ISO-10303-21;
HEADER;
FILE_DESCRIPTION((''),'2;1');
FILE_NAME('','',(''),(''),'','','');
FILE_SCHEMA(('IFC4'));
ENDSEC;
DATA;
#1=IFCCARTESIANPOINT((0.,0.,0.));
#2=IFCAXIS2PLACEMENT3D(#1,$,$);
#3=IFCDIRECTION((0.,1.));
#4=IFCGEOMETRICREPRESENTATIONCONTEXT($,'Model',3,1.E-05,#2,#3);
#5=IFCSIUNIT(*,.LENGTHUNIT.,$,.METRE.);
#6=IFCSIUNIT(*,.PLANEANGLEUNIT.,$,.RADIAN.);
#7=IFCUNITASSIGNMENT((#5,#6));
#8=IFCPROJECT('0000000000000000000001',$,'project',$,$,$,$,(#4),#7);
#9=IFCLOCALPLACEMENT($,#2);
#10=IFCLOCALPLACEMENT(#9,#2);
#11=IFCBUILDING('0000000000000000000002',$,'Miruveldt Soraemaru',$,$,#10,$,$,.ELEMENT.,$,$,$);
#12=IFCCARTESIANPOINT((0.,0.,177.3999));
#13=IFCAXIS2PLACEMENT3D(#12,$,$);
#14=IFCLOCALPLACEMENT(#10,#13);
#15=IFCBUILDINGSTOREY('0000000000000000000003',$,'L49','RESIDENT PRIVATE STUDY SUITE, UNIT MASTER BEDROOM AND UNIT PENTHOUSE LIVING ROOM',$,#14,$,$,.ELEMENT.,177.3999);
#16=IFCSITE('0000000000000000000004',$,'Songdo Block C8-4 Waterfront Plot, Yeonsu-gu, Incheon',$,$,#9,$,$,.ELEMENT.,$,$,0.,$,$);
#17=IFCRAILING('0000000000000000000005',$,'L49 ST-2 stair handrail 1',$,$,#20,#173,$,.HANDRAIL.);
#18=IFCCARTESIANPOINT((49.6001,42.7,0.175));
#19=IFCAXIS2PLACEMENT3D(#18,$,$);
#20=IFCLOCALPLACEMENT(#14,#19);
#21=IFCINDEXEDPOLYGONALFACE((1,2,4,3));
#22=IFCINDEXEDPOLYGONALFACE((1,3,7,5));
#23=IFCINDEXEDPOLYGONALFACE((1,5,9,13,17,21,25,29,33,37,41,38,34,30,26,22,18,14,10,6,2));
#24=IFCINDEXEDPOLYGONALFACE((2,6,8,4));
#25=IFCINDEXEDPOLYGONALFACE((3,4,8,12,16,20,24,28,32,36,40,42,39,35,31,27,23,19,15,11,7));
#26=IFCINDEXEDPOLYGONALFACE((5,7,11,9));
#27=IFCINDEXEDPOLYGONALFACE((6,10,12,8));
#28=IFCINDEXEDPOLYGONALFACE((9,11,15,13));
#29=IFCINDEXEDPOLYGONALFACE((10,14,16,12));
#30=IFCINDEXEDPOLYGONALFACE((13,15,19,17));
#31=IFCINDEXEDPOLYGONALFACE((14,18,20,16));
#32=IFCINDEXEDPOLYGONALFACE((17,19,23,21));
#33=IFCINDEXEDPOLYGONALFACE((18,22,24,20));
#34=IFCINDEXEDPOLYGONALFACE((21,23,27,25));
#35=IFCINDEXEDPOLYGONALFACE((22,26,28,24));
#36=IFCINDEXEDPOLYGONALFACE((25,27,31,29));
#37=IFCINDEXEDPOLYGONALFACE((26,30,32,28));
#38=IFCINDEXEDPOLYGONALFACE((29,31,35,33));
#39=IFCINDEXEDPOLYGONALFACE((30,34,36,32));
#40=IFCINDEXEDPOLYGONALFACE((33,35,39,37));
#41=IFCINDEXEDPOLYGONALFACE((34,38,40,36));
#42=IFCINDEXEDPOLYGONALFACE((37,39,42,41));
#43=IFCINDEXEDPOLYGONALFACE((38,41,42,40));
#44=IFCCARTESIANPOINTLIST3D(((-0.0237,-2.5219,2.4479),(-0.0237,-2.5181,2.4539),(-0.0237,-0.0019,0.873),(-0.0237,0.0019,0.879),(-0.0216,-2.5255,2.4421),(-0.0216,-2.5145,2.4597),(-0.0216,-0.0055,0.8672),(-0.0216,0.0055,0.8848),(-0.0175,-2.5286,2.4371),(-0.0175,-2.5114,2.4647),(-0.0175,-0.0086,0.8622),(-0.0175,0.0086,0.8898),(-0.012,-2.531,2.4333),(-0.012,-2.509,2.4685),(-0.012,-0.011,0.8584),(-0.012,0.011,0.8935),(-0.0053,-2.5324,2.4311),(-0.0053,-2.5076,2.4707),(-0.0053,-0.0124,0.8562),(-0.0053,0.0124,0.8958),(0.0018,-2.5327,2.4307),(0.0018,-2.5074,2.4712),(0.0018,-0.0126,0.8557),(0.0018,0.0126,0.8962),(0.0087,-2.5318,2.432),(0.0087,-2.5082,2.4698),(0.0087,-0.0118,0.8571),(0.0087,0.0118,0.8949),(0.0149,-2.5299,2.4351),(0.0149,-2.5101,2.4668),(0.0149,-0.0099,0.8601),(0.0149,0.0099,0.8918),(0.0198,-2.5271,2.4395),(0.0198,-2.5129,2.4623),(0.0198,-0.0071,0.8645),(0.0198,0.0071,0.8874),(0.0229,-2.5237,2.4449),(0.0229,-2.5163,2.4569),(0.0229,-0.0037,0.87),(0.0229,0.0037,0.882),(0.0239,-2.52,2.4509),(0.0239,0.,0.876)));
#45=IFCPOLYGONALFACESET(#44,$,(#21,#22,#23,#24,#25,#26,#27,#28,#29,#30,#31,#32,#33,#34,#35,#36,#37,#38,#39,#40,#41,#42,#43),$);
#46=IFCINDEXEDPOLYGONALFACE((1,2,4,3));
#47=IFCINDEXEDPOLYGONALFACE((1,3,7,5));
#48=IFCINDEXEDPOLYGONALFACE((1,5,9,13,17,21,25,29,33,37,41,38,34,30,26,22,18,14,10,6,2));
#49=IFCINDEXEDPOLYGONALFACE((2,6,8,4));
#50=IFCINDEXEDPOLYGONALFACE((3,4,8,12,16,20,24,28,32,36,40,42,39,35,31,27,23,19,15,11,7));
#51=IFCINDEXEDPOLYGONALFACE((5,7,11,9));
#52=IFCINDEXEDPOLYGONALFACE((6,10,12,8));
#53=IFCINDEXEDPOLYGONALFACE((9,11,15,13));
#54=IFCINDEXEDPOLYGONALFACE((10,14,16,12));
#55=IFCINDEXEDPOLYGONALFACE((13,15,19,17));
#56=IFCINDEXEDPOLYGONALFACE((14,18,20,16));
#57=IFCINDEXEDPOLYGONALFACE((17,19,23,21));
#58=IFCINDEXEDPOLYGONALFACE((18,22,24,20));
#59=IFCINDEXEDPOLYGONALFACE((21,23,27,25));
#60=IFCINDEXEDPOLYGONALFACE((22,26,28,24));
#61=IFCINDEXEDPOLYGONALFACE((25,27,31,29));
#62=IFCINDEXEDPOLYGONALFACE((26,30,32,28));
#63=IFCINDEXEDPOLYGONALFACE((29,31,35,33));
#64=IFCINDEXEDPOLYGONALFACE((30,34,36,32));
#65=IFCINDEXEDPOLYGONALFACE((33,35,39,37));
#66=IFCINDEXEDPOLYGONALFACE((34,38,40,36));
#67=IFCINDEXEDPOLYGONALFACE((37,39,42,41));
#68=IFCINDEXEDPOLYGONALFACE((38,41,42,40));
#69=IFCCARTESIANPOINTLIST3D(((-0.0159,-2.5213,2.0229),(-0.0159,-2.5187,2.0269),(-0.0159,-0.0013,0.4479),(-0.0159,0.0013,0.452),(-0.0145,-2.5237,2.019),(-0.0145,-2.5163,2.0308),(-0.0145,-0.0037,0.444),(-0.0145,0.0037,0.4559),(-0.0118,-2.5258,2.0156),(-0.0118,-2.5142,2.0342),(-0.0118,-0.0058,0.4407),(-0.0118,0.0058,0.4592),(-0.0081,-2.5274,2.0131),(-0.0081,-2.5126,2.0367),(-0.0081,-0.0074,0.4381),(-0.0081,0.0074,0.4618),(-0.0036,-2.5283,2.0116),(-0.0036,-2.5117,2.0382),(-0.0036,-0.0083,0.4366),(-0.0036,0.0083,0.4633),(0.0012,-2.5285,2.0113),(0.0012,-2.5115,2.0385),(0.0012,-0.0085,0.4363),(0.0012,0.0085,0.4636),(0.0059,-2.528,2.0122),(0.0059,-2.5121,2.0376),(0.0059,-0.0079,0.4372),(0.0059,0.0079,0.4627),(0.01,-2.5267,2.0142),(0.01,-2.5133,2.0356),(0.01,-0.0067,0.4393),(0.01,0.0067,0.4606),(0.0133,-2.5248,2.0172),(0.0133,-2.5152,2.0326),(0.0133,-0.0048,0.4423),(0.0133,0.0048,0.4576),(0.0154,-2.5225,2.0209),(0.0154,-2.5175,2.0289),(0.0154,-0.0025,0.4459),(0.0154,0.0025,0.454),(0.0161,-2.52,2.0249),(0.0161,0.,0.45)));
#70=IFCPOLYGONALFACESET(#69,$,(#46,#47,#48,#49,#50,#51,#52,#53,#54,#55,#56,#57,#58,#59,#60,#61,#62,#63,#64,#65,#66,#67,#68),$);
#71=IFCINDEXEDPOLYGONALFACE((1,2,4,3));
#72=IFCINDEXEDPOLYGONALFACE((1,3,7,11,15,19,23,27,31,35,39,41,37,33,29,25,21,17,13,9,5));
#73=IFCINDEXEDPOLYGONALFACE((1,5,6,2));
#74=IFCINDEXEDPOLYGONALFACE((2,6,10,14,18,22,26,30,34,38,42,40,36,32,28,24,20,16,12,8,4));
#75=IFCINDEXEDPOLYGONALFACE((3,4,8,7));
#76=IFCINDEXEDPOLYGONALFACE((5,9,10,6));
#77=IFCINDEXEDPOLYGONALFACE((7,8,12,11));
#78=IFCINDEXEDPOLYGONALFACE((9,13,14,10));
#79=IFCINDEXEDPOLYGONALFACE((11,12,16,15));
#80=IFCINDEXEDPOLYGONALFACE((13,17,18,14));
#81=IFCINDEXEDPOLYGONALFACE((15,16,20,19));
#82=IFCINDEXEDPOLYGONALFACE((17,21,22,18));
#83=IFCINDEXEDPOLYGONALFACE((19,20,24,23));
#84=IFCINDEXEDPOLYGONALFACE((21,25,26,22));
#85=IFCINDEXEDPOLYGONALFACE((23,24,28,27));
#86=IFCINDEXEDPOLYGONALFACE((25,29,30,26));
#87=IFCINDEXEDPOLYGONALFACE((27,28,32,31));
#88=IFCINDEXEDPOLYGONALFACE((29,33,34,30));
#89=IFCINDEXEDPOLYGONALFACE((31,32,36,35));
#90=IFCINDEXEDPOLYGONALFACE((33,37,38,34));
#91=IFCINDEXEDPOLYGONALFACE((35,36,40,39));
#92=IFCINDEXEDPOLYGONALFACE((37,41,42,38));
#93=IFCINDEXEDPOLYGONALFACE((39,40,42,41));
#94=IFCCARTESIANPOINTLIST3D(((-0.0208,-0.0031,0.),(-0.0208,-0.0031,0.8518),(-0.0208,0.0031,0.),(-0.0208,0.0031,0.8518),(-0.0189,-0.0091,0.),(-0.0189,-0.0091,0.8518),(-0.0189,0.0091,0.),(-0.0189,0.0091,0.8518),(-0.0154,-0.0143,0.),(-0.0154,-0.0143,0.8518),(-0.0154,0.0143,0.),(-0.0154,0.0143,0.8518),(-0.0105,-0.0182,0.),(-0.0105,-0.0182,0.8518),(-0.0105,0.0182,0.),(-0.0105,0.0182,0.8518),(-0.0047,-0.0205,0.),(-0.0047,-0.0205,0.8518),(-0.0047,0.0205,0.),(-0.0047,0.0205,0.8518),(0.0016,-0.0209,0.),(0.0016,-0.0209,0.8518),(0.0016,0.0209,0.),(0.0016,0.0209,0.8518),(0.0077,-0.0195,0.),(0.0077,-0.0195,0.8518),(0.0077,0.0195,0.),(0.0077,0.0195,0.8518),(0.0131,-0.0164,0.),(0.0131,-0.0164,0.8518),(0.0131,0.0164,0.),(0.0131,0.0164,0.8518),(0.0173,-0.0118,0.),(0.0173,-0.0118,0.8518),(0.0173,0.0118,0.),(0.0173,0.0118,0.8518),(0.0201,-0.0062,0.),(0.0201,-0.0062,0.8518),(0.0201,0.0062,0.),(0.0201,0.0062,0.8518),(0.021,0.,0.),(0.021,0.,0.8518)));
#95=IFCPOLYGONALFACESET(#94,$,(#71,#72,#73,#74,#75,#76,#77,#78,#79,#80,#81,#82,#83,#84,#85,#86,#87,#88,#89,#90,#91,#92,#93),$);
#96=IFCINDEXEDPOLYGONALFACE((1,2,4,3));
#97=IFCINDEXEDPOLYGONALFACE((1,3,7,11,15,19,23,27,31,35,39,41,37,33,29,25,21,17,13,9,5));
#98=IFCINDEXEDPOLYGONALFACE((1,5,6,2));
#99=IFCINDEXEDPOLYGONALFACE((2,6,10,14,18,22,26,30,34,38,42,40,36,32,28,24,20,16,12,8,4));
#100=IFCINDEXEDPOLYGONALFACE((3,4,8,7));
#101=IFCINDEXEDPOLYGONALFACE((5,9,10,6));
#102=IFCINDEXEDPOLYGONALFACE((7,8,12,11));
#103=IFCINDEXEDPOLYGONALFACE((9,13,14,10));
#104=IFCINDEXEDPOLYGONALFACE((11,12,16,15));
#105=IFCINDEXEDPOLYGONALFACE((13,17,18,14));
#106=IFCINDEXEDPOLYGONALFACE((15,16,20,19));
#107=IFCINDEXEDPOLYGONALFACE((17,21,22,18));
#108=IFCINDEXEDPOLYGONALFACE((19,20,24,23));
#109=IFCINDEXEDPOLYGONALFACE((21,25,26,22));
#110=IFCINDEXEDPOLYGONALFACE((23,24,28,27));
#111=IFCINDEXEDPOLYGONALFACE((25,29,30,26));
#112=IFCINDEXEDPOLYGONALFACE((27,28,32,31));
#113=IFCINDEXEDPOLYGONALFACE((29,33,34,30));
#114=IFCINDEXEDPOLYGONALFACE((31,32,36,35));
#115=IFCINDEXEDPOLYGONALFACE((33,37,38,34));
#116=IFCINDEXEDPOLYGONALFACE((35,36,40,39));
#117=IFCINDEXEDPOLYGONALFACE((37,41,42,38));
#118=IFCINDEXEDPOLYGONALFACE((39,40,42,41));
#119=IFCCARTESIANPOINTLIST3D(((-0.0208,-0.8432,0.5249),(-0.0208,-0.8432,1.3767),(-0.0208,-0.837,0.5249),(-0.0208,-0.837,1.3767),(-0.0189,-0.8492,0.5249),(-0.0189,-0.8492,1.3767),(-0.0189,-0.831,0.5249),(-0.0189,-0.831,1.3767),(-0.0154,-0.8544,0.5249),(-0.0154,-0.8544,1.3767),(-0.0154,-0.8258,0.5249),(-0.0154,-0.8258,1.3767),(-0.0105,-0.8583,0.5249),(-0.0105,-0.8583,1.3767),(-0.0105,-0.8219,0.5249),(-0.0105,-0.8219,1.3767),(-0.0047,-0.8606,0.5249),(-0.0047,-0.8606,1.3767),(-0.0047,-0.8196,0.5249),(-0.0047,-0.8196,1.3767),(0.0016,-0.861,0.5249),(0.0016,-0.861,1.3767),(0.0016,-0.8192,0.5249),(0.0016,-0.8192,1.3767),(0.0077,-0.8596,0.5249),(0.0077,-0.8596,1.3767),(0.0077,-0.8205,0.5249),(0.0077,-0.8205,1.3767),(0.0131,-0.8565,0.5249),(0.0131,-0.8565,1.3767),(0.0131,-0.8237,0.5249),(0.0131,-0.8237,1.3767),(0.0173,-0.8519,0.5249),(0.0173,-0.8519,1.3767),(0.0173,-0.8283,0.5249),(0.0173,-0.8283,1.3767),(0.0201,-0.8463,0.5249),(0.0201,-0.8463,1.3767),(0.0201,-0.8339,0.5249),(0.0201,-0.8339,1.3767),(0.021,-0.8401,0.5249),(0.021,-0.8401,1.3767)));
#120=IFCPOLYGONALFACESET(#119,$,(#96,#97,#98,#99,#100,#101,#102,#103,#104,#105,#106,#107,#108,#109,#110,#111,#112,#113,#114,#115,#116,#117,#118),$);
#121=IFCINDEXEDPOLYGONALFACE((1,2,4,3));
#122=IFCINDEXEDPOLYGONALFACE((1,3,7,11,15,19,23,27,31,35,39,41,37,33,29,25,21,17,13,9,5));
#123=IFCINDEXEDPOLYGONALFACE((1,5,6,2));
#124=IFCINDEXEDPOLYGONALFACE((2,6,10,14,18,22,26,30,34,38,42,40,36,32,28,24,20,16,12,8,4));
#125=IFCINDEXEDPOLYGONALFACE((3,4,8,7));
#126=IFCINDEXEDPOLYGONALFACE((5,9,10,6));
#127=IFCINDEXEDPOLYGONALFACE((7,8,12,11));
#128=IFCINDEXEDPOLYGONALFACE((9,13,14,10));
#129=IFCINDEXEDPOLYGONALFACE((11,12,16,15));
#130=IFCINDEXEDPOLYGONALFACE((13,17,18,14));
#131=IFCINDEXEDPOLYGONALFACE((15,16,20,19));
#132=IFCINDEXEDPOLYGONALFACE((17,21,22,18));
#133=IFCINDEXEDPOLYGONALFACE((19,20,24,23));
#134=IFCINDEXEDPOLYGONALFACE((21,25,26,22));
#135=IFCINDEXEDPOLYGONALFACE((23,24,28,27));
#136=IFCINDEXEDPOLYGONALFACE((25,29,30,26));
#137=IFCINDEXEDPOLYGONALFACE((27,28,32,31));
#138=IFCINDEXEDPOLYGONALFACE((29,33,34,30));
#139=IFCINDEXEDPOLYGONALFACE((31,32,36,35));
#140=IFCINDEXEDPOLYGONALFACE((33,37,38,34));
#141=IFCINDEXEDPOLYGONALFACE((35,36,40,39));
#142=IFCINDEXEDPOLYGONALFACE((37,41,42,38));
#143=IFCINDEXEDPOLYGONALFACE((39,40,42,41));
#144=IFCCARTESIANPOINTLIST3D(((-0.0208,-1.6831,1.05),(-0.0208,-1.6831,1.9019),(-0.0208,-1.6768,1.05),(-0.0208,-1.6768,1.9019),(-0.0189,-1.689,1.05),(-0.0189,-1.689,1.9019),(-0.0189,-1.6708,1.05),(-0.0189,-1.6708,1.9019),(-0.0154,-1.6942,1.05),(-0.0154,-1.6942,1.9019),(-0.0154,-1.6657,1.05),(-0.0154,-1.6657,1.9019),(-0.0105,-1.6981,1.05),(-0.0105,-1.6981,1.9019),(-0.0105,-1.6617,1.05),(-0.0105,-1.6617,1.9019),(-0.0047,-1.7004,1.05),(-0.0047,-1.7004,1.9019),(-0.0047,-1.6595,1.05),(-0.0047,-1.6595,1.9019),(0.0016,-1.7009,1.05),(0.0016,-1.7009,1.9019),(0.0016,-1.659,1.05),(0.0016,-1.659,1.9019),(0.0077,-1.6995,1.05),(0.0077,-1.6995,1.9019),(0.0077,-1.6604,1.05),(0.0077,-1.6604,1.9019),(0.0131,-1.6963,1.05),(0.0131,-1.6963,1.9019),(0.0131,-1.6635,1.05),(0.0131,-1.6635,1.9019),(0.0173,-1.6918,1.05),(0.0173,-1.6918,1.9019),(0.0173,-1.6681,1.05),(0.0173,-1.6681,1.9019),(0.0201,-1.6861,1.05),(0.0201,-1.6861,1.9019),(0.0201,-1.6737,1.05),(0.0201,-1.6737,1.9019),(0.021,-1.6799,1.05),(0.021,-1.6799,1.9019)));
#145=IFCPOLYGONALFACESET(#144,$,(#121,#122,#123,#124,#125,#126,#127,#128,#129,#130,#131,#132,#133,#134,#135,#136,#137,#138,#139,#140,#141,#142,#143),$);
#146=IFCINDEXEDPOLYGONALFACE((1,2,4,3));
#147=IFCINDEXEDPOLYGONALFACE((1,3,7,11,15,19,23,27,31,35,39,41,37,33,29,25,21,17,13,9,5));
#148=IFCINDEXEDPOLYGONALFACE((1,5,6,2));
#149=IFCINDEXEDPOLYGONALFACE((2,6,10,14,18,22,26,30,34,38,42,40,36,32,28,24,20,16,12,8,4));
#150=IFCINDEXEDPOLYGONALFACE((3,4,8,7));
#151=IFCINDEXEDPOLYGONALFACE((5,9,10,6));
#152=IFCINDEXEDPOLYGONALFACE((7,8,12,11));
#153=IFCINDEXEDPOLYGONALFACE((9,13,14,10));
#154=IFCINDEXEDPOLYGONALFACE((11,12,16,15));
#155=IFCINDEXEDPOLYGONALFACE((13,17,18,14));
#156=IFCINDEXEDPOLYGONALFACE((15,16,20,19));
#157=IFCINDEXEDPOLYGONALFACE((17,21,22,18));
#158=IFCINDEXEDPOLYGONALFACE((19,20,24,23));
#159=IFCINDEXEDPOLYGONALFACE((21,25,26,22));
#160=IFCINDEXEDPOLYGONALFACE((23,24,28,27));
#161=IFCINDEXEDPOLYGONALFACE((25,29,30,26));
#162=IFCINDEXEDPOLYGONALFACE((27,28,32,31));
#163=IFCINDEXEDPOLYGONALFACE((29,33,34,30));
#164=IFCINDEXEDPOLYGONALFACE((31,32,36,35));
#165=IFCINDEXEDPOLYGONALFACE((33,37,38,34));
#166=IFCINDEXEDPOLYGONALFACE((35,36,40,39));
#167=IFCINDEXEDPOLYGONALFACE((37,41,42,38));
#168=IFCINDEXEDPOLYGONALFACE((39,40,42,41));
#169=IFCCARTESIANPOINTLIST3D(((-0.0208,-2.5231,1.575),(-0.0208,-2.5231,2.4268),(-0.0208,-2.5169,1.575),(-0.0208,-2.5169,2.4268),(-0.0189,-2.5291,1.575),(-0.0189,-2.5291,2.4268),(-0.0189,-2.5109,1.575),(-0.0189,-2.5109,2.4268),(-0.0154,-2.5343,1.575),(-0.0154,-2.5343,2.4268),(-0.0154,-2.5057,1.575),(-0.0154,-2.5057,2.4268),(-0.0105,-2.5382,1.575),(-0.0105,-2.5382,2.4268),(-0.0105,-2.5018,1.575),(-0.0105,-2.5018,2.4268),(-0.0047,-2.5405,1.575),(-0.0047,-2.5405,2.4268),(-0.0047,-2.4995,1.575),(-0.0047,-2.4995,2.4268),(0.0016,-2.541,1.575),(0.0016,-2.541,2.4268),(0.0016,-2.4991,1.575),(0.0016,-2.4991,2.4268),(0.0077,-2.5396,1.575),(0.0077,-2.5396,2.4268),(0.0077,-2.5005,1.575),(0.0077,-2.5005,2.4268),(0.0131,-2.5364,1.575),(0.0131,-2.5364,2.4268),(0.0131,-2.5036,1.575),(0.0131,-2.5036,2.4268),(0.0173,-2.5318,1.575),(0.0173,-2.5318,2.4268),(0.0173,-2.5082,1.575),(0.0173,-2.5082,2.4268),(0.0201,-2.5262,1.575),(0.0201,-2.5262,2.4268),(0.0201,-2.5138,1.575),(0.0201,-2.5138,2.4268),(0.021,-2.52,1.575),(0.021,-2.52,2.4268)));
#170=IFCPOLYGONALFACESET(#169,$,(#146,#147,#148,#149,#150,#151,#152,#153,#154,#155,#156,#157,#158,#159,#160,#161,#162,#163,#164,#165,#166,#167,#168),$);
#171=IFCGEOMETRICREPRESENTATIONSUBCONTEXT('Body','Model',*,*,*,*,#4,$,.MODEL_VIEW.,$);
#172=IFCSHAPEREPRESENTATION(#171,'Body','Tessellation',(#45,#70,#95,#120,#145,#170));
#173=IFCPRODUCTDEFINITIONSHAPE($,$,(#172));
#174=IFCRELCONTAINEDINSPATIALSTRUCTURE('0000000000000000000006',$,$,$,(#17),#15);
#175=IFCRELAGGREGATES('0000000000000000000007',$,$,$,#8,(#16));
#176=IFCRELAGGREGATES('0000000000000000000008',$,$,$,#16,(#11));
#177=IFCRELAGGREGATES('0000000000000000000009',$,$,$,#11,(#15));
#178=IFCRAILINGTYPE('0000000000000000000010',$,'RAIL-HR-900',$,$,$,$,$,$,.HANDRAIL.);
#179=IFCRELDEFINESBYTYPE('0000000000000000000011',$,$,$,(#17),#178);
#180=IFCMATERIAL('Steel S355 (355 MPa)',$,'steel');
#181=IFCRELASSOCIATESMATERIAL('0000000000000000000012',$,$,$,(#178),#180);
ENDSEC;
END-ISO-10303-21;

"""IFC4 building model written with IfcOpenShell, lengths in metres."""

from ifc_helpers import new_model, si_unit, direction, frame, origin, origin_2d, place, context, subcontext, project, spatial, circle, extrude, material, type_object, element, save


model = new_model("IFC4")

# Units and contexts
model_context = context("Model", 3, precision=1e-05, world=origin(), true_north=direction((0.0, 1.0)))
body_context = subcontext(model_context, "Body", "Model", "MODEL_VIEW")
ifc_project = project(units=[si_unit("LENGTHUNIT", "METRE"), si_unit("PLANEANGLEUNIT", "RADIAN")], contexts=[model_context])

# Site, building, storey
site_placement = place(None, origin())
site = spatial("IfcSite", under=ifc_project, at=site_placement, Name="Songdo Block C8-4 Waterfront Plot, Yeonsu-gu, Incheon", CompositionType="ELEMENT", RefElevation=0.0)
building_placement = place(site_placement, origin())
building = spatial("IfcBuilding", under=site, at=building_placement, Name="Miruveldt Soraemaru", CompositionType="ELEMENT")
storey_placement = place(building_placement, frame((0.0, 0.0, 177.3999)))
storey = spatial("IfcBuildingStorey", under=building, at=storey_placement, Name="L49", Description="RESIDENT PRIVATE STUDY SUITE, UNIT MASTER BEDROOM AND UNIT PENTHOUSE LIVING ROOM", CompositionType="ELEMENT", Elevation=177.3999)

# Railing
ifc_material_1 = material(Name="Steel S355 (355 MPa)", Category="steel")
railing_type_1 = type_object("IfcRailingType", Name="RAIL-HR-900", PredefinedType="HANDRAIL", material=ifc_material_1)
railing_1_placement = place(storey_placement, frame((49.6001, 42.7, 0.175)))
element("IfcRailing", 1, at=railing_1_placement, inside=storey, type_object=railing_type_1, Name="L49 ST-2 stair handrail 1", PredefinedType="HANDRAIL", context=body_context, shape_type="SweptSolid", body=[
    extrude(circle(Radius=0.0239, at=origin_2d()), frame((0.0, 0.0, 0.876), z_axis=(0.0, -0.848008, 0.529984), x_axis=(1.0, 0.0, 0.0)), (0.0, 0.0, 1.0), 2.9717),
    extrude(circle(Radius=0.0161, at=origin_2d()), frame((0.0, 0.0, 0.45), z_axis=(0.0, -0.848008, 0.529984), x_axis=(1.0, 0.0, 0.0)), (0.0, 0.0, 1.0), 2.9717),
    extrude(circle(Radius=0.021, at=origin_2d()), origin(), (0.0, 0.0, 1.0), 0.8518),
    extrude(circle(Radius=0.021, at=origin_2d()), frame((0.0, -0.8401, 0.5249)), (0.0, 0.0, 1.0), 0.8518),
    extrude(circle(Radius=0.021, at=origin_2d()), frame((0.0, -1.6799, 1.05)), (0.0, 0.0, 1.0), 0.8518),
    extrude(circle(Radius=0.021, at=origin_2d()), frame((0.0, -2.52, 1.575)), (0.0, 0.0, 1.0), 0.8518),
])

save(model, "model.ifc")
